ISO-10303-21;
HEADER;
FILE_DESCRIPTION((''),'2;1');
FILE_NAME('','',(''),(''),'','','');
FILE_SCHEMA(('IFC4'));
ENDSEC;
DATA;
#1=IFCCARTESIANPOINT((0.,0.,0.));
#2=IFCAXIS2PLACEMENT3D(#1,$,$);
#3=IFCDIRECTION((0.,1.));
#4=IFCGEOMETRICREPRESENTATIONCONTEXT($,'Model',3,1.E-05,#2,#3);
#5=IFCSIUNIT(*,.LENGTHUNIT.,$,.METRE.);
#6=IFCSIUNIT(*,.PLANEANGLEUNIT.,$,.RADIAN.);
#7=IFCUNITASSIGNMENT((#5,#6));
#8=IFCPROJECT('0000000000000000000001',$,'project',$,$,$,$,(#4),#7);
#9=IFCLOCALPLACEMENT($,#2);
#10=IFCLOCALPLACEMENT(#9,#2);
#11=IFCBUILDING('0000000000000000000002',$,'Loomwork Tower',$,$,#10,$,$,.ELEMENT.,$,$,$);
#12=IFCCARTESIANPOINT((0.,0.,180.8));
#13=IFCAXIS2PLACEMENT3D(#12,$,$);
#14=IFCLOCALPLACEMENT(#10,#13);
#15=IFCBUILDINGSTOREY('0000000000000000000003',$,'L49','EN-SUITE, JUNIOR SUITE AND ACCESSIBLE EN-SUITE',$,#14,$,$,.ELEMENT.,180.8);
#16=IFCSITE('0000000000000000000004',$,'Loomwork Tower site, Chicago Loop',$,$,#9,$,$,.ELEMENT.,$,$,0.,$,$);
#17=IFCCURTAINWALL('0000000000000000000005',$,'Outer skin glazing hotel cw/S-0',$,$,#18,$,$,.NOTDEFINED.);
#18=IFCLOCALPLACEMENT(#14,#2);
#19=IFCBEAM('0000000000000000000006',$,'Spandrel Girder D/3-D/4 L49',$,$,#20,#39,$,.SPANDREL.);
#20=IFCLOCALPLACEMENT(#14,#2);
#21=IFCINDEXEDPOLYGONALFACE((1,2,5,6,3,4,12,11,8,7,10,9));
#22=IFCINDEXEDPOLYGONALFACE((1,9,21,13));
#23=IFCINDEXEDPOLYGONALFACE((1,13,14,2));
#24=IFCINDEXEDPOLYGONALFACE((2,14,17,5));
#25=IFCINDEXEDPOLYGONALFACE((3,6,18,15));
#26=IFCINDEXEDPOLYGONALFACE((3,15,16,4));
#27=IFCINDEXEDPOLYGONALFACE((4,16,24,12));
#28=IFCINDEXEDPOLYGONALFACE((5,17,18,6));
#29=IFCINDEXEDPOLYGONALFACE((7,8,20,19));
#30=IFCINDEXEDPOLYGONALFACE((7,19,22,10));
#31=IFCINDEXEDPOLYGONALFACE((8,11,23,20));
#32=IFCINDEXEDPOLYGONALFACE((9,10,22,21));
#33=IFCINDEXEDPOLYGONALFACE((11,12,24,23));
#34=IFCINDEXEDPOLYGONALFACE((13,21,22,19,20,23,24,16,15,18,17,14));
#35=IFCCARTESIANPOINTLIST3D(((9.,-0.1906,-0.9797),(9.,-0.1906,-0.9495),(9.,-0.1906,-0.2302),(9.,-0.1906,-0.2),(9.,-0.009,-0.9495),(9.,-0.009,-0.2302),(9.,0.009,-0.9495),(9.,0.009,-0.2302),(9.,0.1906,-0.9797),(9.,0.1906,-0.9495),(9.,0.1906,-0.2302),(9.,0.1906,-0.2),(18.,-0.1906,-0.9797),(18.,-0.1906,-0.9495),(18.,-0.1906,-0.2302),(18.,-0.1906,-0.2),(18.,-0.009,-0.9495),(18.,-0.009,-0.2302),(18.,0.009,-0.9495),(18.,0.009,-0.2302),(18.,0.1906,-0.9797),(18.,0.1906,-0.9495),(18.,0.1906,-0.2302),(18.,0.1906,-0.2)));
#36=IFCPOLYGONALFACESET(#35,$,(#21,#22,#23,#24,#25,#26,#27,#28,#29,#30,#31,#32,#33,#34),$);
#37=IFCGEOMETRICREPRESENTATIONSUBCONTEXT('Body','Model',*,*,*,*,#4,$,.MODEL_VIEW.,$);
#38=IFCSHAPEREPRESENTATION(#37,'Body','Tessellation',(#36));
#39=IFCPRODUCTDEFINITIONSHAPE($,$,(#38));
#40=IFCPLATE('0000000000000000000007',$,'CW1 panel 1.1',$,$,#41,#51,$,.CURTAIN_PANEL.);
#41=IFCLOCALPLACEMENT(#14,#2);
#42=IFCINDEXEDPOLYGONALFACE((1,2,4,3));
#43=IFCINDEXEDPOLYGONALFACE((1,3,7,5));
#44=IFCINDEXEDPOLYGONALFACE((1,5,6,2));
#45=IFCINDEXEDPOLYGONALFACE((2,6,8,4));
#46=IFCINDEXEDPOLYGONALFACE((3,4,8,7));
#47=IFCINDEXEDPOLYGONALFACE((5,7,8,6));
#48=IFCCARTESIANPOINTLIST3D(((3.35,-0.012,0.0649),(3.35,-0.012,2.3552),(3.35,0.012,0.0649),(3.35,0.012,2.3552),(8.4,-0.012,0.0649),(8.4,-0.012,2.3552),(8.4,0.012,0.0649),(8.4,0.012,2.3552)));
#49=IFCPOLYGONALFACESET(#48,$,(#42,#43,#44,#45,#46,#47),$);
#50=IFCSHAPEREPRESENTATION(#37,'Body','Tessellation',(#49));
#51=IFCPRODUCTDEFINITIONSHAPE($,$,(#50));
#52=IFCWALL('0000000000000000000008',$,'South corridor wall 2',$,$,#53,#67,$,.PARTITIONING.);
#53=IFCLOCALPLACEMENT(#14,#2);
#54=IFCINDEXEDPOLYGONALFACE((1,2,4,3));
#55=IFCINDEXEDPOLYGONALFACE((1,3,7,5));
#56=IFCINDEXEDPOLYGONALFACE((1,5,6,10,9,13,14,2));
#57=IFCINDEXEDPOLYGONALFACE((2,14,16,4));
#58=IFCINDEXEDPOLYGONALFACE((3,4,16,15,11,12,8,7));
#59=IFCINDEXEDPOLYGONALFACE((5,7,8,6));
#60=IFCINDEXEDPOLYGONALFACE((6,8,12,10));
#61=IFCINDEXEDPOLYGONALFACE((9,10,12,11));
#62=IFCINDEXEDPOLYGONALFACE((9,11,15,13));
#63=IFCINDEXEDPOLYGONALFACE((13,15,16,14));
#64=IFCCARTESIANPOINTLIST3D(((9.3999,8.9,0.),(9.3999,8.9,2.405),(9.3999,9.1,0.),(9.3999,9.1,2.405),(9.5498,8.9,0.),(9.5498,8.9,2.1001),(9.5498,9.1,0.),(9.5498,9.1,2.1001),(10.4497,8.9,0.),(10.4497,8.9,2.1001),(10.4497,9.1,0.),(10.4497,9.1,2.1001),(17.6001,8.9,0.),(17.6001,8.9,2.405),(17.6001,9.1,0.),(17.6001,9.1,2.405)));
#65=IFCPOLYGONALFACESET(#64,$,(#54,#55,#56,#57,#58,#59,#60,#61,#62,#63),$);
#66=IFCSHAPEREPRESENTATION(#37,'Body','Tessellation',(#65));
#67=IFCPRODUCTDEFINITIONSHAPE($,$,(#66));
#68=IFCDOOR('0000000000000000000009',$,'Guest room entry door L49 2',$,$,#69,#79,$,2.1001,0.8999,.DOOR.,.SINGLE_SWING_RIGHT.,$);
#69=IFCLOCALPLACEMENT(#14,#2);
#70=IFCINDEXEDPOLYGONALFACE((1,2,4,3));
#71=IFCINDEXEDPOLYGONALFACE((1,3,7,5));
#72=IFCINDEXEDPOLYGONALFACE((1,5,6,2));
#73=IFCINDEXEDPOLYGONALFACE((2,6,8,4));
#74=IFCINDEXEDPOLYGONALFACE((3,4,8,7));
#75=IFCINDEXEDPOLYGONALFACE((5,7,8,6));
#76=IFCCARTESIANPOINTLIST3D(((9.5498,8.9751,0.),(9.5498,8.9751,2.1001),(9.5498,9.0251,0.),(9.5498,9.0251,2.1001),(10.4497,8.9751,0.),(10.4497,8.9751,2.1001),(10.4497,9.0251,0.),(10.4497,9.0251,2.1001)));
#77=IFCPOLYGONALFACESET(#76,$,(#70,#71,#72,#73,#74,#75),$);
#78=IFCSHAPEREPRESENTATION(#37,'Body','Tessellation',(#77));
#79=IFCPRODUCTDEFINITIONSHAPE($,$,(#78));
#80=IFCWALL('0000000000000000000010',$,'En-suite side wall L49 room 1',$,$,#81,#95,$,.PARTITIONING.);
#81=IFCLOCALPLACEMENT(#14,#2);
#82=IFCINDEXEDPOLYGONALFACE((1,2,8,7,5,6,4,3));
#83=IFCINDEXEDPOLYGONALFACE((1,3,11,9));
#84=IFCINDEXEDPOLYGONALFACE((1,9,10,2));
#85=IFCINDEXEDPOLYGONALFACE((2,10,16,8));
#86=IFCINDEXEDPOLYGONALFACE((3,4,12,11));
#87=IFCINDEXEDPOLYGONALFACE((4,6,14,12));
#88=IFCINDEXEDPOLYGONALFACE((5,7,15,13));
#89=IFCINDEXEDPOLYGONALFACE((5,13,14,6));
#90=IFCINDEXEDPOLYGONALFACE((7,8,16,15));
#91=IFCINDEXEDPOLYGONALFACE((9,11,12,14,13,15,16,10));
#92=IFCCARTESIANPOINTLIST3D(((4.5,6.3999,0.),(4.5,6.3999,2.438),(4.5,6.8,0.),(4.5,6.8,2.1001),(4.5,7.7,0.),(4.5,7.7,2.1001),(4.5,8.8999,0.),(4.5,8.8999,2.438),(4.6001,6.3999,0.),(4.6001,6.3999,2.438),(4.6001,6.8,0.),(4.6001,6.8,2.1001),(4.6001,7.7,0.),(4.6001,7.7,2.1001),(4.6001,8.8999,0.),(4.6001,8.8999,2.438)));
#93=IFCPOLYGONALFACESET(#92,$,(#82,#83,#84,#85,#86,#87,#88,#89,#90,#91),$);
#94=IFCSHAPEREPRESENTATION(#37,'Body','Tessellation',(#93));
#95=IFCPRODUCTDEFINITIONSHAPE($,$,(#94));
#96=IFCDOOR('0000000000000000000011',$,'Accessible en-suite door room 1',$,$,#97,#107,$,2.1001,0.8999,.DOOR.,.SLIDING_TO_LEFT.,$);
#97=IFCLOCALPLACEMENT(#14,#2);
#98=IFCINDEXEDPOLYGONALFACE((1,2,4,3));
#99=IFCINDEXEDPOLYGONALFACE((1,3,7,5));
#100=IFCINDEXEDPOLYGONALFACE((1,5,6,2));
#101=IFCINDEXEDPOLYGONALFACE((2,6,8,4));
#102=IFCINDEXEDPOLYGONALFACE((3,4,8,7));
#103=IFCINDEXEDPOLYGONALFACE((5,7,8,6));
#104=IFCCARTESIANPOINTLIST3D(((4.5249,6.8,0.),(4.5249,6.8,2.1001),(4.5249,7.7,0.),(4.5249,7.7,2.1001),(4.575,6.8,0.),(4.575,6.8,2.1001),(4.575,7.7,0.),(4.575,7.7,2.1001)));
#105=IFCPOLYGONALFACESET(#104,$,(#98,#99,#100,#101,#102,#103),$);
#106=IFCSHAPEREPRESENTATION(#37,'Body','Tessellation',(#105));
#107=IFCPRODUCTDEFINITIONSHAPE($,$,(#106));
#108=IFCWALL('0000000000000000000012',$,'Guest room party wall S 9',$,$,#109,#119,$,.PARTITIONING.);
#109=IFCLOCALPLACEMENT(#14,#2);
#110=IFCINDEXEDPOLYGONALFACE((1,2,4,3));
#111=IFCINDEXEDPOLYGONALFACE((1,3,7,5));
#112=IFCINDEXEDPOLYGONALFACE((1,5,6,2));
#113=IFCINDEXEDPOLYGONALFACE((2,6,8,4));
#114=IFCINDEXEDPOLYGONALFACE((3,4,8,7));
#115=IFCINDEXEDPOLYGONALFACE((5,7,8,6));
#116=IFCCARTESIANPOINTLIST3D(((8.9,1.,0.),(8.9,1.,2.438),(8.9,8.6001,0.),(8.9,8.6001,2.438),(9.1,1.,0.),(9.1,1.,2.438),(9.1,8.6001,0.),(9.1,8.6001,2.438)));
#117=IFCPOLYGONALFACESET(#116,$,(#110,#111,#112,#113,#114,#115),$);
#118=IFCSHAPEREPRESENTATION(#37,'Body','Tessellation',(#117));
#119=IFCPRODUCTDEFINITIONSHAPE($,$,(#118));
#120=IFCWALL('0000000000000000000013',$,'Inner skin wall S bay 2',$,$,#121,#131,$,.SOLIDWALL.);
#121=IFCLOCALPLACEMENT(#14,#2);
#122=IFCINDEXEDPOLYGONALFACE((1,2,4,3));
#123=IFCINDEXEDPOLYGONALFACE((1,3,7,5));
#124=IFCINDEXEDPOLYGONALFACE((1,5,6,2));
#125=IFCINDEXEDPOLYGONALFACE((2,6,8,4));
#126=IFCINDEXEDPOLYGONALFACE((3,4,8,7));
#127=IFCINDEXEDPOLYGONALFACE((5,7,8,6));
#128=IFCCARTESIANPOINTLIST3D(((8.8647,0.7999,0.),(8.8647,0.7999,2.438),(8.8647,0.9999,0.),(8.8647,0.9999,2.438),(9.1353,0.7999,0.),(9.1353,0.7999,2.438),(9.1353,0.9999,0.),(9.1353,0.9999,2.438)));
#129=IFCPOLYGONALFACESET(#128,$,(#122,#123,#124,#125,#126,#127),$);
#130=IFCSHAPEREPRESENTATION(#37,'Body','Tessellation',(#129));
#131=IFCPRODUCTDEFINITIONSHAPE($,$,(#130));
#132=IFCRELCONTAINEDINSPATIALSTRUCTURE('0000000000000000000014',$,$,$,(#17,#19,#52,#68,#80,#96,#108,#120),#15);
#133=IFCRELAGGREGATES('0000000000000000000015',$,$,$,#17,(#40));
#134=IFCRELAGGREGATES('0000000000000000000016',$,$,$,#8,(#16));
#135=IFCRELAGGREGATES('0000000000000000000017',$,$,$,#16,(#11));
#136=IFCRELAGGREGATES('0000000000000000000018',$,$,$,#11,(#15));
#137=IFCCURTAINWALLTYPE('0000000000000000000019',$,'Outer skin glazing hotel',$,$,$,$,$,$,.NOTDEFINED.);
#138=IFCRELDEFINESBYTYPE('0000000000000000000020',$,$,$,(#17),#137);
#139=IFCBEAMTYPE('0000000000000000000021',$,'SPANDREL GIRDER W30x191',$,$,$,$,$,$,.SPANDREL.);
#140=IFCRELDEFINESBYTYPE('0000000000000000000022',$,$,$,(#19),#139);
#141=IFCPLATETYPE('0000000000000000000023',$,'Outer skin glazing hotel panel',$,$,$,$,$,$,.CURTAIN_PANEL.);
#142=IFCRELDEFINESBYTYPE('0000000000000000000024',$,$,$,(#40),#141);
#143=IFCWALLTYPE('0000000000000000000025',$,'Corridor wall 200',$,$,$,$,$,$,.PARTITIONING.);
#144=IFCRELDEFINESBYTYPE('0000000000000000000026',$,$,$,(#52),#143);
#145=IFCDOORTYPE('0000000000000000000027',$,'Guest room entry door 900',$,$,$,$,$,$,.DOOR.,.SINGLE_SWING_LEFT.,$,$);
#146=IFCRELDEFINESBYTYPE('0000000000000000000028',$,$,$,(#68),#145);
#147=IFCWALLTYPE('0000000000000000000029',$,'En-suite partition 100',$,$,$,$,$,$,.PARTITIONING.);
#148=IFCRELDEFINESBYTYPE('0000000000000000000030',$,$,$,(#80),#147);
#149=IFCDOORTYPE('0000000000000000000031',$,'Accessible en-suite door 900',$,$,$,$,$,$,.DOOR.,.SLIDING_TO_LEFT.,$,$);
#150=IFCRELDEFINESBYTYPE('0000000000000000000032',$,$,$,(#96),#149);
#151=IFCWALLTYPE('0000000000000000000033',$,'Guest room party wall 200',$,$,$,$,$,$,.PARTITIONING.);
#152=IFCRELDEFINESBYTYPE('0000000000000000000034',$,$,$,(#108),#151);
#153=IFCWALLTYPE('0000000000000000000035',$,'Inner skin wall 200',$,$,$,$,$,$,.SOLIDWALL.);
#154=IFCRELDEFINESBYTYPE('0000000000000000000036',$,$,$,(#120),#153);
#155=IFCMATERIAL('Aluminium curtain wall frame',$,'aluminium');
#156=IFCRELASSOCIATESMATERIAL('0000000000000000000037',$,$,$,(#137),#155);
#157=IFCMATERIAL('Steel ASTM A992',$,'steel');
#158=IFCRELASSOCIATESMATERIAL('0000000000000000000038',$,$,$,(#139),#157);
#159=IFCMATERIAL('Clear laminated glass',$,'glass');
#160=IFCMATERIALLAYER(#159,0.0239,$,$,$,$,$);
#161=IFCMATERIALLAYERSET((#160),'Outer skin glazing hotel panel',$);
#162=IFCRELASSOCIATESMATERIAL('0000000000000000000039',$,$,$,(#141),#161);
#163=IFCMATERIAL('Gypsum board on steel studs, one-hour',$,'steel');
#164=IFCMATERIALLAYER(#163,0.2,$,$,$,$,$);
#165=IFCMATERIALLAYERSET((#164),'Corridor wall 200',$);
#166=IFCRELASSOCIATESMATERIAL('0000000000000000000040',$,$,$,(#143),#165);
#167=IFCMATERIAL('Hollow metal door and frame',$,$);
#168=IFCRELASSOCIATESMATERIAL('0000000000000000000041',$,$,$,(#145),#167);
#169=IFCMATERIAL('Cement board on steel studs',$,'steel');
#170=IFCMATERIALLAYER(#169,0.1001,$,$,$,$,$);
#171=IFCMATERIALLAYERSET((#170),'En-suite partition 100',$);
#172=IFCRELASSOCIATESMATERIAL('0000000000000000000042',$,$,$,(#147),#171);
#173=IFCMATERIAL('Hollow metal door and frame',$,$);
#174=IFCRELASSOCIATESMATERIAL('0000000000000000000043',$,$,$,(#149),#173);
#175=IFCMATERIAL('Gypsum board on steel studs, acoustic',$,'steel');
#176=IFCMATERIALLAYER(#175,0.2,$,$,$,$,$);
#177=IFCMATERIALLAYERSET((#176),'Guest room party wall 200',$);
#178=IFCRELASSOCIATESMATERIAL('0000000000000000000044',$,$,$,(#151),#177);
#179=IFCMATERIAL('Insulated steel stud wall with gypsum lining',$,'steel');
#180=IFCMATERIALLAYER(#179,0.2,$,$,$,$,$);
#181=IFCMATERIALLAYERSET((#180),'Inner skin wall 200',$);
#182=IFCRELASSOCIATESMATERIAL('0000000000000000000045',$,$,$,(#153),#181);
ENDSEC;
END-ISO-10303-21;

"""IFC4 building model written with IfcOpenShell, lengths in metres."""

from ifc_helpers import new_model, si_unit, direction, frame, frame_2d, origin, origin_2d, place, context, subcontext, project, spatial, rectangle, i_section, extrude, material, layer, layer_set, material_profile, profile_set, type_object, element, fill, aggregate, save


model = new_model("IFC4")

# Units and contexts
model_context = context("Model", 3, precision=1e-05, world=origin(), true_north=direction((0.0, 1.0)))
body_context = subcontext(model_context, "Body", "Model", "MODEL_VIEW")
ifc_project = project(units=[si_unit("LENGTHUNIT", "METRE"), si_unit("PLANEANGLEUNIT", "RADIAN")], contexts=[model_context])

# Site, building, storey
site_placement = place(None, origin())
site = spatial("IfcSite", under=ifc_project, at=site_placement, Name="Loomwork Tower site, Chicago Loop", CompositionType="ELEMENT", RefElevation=0.0)
building_placement = place(site_placement, origin())
building = spatial("IfcBuilding", under=site, at=building_placement, Name="Loomwork Tower", CompositionType="ELEMENT")
storey_placement = place(building_placement, frame((0.0, 0.0, 180.8)))
storey = spatial("IfcBuildingStorey", under=building, at=storey_placement, Name="L49", Description="EN-SUITE, JUNIOR SUITE AND ACCESSIBLE EN-SUITE", CompositionType="ELEMENT", Elevation=180.8)

# Curtain wall
ifc_material_1 = material(Name="Aluminium curtain wall frame", Category="aluminium")
curtain_wall_type = type_object("IfcCurtainWallType", Name="Outer skin glazing hotel", PredefinedType="NOTDEFINED", material=ifc_material_1)
curtain_wall_1_placement = place(storey_placement, origin())
curtain_wall_1 = element("IfcCurtainWall", 1, at=curtain_wall_1_placement, inside=storey, type_object=curtain_wall_type, Name="Outer skin glazing hotel cw/S-0", PredefinedType="NOTDEFINED")

# Beam
ifc_material_2 = material(Name="Steel ASTM A992", Category="steel")
ifc_material_profile_1 = material_profile(ifc_material_2, i_section(OverallWidth=0.3811, OverallDepth=0.7798, WebThickness=0.0181, FlangeThickness=0.0303, at=origin_2d()), Name="W30x191")
ifc_profile_set_1 = profile_set([ifc_material_profile_1], Name="Steel ASTM A992")
beam_type_1 = type_object("IfcBeamType", Name="SPANDREL GIRDER W30x191", PredefinedType="SPANDREL", material=ifc_profile_set_1)
beam_1_placement = place(storey_placement, frame((9.0, 0.0, -0.5898), z_axis=(1.0, 0.0, 0.0), x_axis=(0.0, 1.0, 0.0)))
element("IfcBeam", 2, at=beam_1_placement, inside=storey, type_object=beam_type_1, Name="Spandrel Girder D/3-D/4 L49", PredefinedType="SPANDREL", context=body_context, shape_type="SweptSolid", body=[
    extrude(i_section(OverallWidth=0.3811, OverallDepth=0.7798, WebThickness=0.0181, FlangeThickness=0.0303, at=origin_2d()), origin(), (0.0, 0.0, 1.0), 9.0),
])

# Plate
ifc_material_3 = material(Name="Clear laminated glass", Category="glass")
ifc_layer_1 = layer(ifc_material_3, 0.0239)
ifc_layer_set_1 = layer_set([ifc_layer_1], Name="Outer skin glazing hotel panel")
plate_type = type_object("IfcPlateType", Name="Outer skin glazing hotel panel", PredefinedType="CURTAIN_PANEL", material=ifc_layer_set_1)
plate_placement = place(storey_placement, frame((5.875, 0.0, 0.0649), z_axis=(0.0, 0.0, 1.0), x_axis=(1.0, 0.0, 0.0)))
plate = element("IfcPlate", 3, at=plate_placement, type_object=plate_type, Name="CW1 panel 1.1", PredefinedType="CURTAIN_PANEL", context=body_context, shape_type="SweptSolid", body=[
    extrude(rectangle(XDim=5.05, YDim=0.0239, at=origin_2d()), origin(), (0.0, 0.0, 1.0), 2.2903),
])
aggregate(curtain_wall_1, [plate])

# Walls, openings, doors
ifc_material_4 = material(Name="Gypsum board on steel studs, one-hour", Category="steel")
ifc_layer_2 = layer(ifc_material_4, 0.2)
ifc_layer_set_2 = layer_set([ifc_layer_2], Name="Corridor wall 200")
wall_type_1 = type_object("IfcWallType", Name="Corridor wall 200", PredefinedType="PARTITIONING", material=ifc_layer_set_2)
wall_1_placement = place(storey_placement, frame((9.3999, 9.0, 0.0), z_axis=(0.0, 0.0, 1.0), x_axis=(1.0, 0.0, 0.0)))
wall_1 = element("IfcWall", 4, at=wall_1_placement, inside=storey, type_object=wall_type_1, Name="South corridor wall 2", PredefinedType="PARTITIONING", context=body_context, shape_type="SweptSolid", body=[
    extrude(rectangle(XDim=8.2002, YDim=0.2, at=frame_2d((4.1001, 0.0))), origin(), (0.0, 0.0, 1.0), 2.405),
])
opening_1_placement = place(wall_1_placement, frame((0.1499, 0.0, 0.0)))
opening_1 = element("IfcOpeningElement", 5, at=opening_1_placement, cuts=wall_1, PredefinedType="OPENING", context=body_context, shape_type="SweptSolid", body=[
    extrude(rectangle(XDim=0.8999, YDim=2.1001, at=frame_2d((0.45, 1.05))), frame((0.0, 0.1099, 0.0), z_axis=(0.0, -1.0, 0.0), x_axis=(1.0, 0.0, 0.0)), (0.0, 0.0, 1.0), 0.22),
])
ifc_material_5 = material(Name="Hollow metal door and frame")
door_type_1 = type_object("IfcDoorType", Name="Guest room entry door 900", OperationType="SINGLE_SWING_LEFT", PredefinedType="DOOR", material=ifc_material_5)
door_1_placement = place(opening_1_placement, frame((0.8999, 0.0, 0.0), z_axis=(0.0, 0.0, 1.0), x_axis=(-1.0, 0.0, 0.0)))
door_1 = element("IfcDoor", 6, at=door_1_placement, inside=storey, type_object=door_type_1, Name="Guest room entry door L49 2", OperationType="SINGLE_SWING_RIGHT", OverallHeight=2.1001, OverallWidth=0.8999, PredefinedType="DOOR", context=body_context, shape_type="SweptSolid", body=[
    extrude(rectangle(XDim=0.8999, YDim=2.1001, at=frame_2d((0.45, 1.05))), frame((0.0, 0.0249, 0.0), z_axis=(0.0, -1.0, 0.0), x_axis=(1.0, 0.0, 0.0)), (0.0, 0.0, 1.0), 0.05),
])
fill(opening_1, door_1)
ifc_material_6 = material(Name="Cement board on steel studs", Category="steel")
ifc_layer_3 = layer(ifc_material_6, 0.1001)
ifc_layer_set_3 = layer_set([ifc_layer_3], Name="En-suite partition 100")
wall_type_2 = type_object("IfcWallType", Name="En-suite partition 100", PredefinedType="PARTITIONING", material=ifc_layer_set_3)
wall_2_placement = place(storey_placement, frame((4.55, 8.8999, 0.0), z_axis=(0.0, 0.0, 1.0), x_axis=(0.0, -1.0, 0.0)))
wall_2 = element("IfcWall", 7, at=wall_2_placement, inside=storey, type_object=wall_type_2, Name="En-suite side wall L49 room 1", PredefinedType="PARTITIONING", context=body_context, shape_type="SweptSolid", body=[
    extrude(rectangle(XDim=2.5, YDim=0.1001, at=frame_2d((1.25, 0.0))), origin(), (0.0, 0.0, 1.0), 2.438),
])
opening_2_placement = place(wall_2_placement, frame((1.2, 0.0, 0.0)))
opening_2 = element("IfcOpeningElement", 8, at=opening_2_placement, cuts=wall_2, PredefinedType="OPENING", context=body_context, shape_type="SweptSolid", body=[
    extrude(rectangle(XDim=0.8999, YDim=2.1001, at=frame_2d((0.45, 1.05))), frame((0.0, 0.0601, 0.0), z_axis=(0.0, -1.0, 0.0), x_axis=(1.0, 0.0, 0.0)), (0.0, 0.0, 1.0), 0.1201),
])
ifc_material_7 = material(Name="Hollow metal door and frame")
door_type_2 = type_object("IfcDoorType", Name="Accessible en-suite door 900", OperationType="SLIDING_TO_LEFT", PredefinedType="DOOR", material=ifc_material_7)
door_2_placement = place(opening_2_placement, origin())
door_2 = element("IfcDoor", 9, at=door_2_placement, inside=storey, type_object=door_type_2, Name="Accessible en-suite door room 1", OperationType="SLIDING_TO_LEFT", OverallHeight=2.1001, OverallWidth=0.8999, PredefinedType="DOOR", context=body_context, shape_type="SweptSolid", body=[
    extrude(rectangle(XDim=0.8999, YDim=2.1001, at=frame_2d((0.45, 1.05))), frame((0.0, 0.0249, 0.0), z_axis=(0.0, -1.0, 0.0), x_axis=(1.0, 0.0, 0.0)), (0.0, 0.0, 1.0), 0.05),
])
fill(opening_2, door_2)

# Walls
ifc_material_8 = material(Name="Gypsum board on steel studs, acoustic", Category="steel")
ifc_layer_4 = layer(ifc_material_8, 0.2)
ifc_layer_set_4 = layer_set([ifc_layer_4], Name="Guest room party wall 200")
wall_type_3 = type_object("IfcWallType", Name="Guest room party wall 200", PredefinedType="PARTITIONING", material=ifc_layer_set_4)
wall_3_placement = place(storey_placement, frame((9.0, 8.6001, 0.0), z_axis=(0.0, 0.0, 1.0), x_axis=(0.0, -1.0, 0.0)))
element("IfcWall", 10, at=wall_3_placement, inside=storey, type_object=wall_type_3, Name="Guest room party wall S 9", PredefinedType="PARTITIONING", context=body_context, shape_type="SweptSolid", body=[
    extrude(rectangle(XDim=7.6001, YDim=0.2, at=frame_2d((3.8, 0.0))), origin(), (0.0, 0.0, 1.0), 2.438),
])
ifc_material_9 = material(Name="Insulated steel stud wall with gypsum lining", Category="steel")
ifc_layer_5 = layer(ifc_material_9, 0.2)
ifc_layer_set_5 = layer_set([ifc_layer_5], Name="Inner skin wall 200")
wall_type_4 = type_object("IfcWallType", Name="Inner skin wall 200", PredefinedType="SOLIDWALL", material=ifc_layer_set_5)
wall_4_placement = place(storey_placement, frame((8.8647, 0.8999, 0.0), z_axis=(0.0, 0.0, 1.0), x_axis=(1.0, 0.0, 0.0)))
element("IfcWall", 11, at=wall_4_placement, inside=storey, type_object=wall_type_4, Name="Inner skin wall S bay 2", PredefinedType="SOLIDWALL", context=body_context, shape_type="SweptSolid", body=[
    extrude(rectangle(XDim=0.2705, YDim=0.2, at=frame_2d((0.1353, 0.0))), origin(), (0.0, 0.0, 1.0), 2.438),
])

save(model, "model.ifc")
